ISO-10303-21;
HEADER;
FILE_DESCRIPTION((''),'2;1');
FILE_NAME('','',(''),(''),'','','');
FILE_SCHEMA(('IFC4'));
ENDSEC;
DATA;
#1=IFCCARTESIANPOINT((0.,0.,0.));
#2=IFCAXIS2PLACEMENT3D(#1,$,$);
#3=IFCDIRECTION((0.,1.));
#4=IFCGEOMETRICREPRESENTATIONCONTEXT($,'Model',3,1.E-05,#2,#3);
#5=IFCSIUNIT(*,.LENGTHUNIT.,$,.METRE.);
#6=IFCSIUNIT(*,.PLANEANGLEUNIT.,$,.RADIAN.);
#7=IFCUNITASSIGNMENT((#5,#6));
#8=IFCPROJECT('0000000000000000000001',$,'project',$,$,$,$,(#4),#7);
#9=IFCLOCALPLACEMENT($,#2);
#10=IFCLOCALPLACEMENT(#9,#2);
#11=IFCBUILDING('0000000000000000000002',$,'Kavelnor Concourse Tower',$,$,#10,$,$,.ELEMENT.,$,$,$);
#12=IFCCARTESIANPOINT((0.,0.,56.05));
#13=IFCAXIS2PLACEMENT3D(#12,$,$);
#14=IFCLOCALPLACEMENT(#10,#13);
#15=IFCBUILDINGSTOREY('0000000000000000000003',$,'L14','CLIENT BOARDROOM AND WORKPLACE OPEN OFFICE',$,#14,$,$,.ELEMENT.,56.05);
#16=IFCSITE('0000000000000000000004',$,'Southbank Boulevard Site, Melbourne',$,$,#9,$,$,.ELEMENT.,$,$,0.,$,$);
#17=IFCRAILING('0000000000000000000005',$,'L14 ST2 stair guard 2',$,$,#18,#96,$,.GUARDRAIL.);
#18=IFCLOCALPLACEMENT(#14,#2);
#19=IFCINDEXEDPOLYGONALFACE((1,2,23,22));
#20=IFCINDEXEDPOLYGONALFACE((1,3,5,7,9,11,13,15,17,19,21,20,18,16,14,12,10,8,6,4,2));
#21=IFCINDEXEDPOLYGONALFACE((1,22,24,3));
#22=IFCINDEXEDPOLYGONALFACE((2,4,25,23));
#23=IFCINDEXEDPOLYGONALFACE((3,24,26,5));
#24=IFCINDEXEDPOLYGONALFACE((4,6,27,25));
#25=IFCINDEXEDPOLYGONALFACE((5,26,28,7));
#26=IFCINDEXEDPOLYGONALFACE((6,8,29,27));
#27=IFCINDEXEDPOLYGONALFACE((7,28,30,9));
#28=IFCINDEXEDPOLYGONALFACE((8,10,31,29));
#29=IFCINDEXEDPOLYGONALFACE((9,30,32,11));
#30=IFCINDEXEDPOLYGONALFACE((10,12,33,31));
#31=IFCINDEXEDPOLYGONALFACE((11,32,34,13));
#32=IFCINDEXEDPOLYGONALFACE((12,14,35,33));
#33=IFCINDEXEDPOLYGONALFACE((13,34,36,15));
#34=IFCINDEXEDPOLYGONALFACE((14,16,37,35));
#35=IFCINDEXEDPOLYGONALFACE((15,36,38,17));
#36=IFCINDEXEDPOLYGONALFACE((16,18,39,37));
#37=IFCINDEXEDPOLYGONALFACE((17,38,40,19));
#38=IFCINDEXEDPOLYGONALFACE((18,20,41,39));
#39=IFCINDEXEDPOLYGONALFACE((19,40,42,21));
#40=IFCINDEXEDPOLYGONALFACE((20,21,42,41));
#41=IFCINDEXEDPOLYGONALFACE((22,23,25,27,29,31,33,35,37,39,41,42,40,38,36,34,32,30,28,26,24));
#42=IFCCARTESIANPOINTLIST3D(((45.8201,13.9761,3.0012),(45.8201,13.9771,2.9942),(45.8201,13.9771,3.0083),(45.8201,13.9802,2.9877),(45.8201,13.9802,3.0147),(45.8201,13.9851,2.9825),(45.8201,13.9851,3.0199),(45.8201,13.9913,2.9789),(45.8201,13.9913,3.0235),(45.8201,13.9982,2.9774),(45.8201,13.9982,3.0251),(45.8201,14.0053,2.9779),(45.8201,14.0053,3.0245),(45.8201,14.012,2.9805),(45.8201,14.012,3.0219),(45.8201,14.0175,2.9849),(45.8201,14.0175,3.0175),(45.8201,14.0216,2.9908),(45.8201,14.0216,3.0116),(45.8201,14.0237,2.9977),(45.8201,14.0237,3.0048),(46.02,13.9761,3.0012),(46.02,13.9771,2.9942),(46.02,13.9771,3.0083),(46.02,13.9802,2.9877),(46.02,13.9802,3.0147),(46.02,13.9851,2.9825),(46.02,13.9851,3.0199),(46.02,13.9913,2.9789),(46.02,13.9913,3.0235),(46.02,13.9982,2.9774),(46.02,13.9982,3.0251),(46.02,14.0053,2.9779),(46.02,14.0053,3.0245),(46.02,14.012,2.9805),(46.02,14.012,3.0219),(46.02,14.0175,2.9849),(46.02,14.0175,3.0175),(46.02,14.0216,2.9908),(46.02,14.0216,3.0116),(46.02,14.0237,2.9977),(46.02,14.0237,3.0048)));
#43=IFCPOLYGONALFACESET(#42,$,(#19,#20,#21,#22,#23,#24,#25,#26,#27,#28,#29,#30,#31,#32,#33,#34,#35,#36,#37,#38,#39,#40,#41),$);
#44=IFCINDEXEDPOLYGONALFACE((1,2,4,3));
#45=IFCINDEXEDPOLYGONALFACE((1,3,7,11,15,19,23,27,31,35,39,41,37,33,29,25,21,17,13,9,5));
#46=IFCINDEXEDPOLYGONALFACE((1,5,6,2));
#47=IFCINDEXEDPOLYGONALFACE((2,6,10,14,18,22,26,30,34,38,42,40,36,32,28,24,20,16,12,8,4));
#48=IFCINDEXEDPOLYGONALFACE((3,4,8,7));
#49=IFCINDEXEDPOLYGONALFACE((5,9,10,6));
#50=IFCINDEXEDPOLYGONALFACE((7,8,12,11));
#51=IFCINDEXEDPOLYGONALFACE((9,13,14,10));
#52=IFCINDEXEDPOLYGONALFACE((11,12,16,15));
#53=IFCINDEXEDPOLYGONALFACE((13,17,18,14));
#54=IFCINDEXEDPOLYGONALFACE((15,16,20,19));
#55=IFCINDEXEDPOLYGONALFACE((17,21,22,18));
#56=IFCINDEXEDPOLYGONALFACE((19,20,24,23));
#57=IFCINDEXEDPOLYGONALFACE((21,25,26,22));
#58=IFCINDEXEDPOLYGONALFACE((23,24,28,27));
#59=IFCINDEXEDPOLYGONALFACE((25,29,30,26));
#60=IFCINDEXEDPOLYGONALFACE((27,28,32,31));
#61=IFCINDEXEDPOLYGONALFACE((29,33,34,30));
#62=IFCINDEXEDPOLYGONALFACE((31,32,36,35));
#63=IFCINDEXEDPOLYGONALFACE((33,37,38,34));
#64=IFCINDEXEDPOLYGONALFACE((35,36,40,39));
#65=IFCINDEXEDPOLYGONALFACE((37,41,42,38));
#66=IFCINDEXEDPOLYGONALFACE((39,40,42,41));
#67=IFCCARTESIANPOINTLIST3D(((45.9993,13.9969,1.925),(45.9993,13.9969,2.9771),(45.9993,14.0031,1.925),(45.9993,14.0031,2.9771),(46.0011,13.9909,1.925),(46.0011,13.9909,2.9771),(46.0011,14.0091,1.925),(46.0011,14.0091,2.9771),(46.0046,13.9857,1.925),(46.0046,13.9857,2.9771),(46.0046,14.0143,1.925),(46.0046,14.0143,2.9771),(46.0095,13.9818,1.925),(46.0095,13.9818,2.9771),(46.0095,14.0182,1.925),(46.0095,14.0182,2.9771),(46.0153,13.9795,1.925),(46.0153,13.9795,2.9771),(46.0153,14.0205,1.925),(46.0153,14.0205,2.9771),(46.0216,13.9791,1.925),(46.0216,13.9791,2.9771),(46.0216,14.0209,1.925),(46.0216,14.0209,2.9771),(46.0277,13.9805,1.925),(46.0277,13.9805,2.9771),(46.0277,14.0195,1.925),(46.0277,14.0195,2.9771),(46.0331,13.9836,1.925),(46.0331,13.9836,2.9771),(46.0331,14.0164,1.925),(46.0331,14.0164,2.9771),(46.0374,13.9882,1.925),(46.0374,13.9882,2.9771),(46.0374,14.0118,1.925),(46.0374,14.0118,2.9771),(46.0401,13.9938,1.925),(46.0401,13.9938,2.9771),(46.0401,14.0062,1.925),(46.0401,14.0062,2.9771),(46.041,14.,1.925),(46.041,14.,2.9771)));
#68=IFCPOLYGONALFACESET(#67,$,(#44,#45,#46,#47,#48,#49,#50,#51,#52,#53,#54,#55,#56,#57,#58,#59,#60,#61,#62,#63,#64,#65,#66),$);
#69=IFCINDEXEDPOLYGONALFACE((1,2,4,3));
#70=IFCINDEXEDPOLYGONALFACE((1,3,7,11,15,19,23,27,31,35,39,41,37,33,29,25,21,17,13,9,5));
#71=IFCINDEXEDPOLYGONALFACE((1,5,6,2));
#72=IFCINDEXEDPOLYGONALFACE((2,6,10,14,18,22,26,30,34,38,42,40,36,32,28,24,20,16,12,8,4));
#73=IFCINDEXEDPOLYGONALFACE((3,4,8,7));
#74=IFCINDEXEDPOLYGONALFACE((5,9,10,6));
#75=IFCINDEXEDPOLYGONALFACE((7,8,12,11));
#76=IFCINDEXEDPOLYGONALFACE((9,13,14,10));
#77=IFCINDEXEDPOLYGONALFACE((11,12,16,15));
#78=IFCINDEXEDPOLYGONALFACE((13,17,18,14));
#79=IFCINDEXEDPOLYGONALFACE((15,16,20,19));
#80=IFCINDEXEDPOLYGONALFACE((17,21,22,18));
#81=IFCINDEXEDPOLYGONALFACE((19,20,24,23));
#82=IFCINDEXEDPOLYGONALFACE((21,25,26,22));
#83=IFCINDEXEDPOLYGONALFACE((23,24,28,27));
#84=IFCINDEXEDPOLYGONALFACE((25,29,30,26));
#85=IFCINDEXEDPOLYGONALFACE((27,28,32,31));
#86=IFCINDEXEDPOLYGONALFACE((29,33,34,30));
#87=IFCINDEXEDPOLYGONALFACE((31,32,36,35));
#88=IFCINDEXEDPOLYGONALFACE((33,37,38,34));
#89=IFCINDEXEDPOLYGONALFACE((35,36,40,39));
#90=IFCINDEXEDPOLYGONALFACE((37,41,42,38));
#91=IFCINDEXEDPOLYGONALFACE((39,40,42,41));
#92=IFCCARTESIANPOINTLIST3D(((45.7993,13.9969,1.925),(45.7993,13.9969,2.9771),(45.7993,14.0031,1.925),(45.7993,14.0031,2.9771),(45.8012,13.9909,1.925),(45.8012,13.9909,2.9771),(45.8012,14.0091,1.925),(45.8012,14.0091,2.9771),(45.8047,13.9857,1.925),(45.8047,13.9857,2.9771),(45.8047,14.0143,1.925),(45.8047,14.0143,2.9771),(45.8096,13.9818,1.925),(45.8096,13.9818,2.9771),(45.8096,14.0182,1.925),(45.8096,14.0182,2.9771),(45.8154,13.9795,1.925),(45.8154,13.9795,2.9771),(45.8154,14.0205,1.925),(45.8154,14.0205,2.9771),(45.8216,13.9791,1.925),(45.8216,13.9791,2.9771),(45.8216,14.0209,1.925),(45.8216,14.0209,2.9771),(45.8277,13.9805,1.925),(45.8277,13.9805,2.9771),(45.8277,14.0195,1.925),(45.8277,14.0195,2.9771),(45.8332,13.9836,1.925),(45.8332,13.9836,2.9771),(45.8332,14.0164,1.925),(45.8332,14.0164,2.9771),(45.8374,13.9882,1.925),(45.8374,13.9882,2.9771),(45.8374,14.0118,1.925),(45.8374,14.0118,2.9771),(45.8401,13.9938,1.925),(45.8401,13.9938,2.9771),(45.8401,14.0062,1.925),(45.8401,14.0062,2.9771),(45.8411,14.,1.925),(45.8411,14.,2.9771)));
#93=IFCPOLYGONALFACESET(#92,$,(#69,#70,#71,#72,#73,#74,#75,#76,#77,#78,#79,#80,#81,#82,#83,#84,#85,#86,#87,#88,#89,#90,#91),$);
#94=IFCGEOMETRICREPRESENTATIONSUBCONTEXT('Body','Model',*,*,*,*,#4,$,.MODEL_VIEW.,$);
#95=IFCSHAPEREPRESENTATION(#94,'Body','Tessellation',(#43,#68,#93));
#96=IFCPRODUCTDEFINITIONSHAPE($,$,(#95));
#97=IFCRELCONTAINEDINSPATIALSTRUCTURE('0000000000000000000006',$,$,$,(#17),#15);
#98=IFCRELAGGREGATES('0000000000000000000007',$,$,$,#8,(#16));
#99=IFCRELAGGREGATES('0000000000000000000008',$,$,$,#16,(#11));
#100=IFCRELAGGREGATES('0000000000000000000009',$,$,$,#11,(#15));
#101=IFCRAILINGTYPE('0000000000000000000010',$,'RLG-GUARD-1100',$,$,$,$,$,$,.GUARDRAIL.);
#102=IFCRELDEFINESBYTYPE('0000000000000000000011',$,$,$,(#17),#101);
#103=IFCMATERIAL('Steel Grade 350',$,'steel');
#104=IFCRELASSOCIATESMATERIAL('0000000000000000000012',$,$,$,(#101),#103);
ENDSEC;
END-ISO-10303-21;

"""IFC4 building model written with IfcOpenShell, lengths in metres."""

from ifc_helpers import new_model, si_unit, direction, frame, origin, origin_2d, place, context, subcontext, project, spatial, circle, extrude, material, type_object, element, save


model = new_model("IFC4")

# Units and contexts
model_context = context("Model", 3, precision=1e-05, world=origin(), true_north=direction((0.0, 1.0)))
body_context = subcontext(model_context, "Body", "Model", "MODEL_VIEW")
ifc_project = project(units=[si_unit("LENGTHUNIT", "METRE"), si_unit("PLANEANGLEUNIT", "RADIAN")], contexts=[model_context])

# Site, building, storey
site_placement = place(None, origin())
site = spatial("IfcSite", under=ifc_project, at=site_placement, Name="Southbank Boulevard Site, Melbourne", CompositionType="ELEMENT", RefElevation=0.0)
building_placement = place(site_placement, origin())
building = spatial("IfcBuilding", under=site, at=building_placement, Name="Kavelnor Concourse Tower", CompositionType="ELEMENT")
storey_placement = place(building_placement, frame((0.0, 0.0, 56.05)))
storey = spatial("IfcBuildingStorey", under=building, at=storey_placement, Name="L14", Description="CLIENT BOARDROOM AND WORKPLACE OPEN OFFICE", CompositionType="ELEMENT", Elevation=56.05)

# Shared definitions
ifc_material_1 = material(Name="Steel Grade 350", Category="steel")

# Railing
railing_type_1 = type_object("IfcRailingType", Name="RLG-GUARD-1100", PredefinedType="GUARDRAIL", material=ifc_material_1)
railing_1_placement = place(storey_placement, frame((46.02, 14.0, 1.925)))
element("IfcRailing", 1, at=railing_1_placement, inside=storey, type_object=railing_type_1, Name="L14 ST2 stair guard 2", PredefinedType="GUARDRAIL", context=body_context, shape_type="SweptSolid", body=[
    extrude(circle(Radius=0.0239, at=origin_2d()), frame((0.0, 0.0, 1.0762), z_axis=(-1.0, 0.0, 0.0), x_axis=(0.0, -1.0, 0.0)), (0.0, 0.0, 1.0), 0.2),
    extrude(circle(Radius=0.021, at=origin_2d()), origin(), (0.0, 0.0, 1.0), 1.052),
    extrude(circle(Radius=0.021, at=origin_2d()), frame((-0.2, 0.0, 0.0)), (0.0, 0.0, 1.0), 1.052),
])

save(model, "model.ifc")
